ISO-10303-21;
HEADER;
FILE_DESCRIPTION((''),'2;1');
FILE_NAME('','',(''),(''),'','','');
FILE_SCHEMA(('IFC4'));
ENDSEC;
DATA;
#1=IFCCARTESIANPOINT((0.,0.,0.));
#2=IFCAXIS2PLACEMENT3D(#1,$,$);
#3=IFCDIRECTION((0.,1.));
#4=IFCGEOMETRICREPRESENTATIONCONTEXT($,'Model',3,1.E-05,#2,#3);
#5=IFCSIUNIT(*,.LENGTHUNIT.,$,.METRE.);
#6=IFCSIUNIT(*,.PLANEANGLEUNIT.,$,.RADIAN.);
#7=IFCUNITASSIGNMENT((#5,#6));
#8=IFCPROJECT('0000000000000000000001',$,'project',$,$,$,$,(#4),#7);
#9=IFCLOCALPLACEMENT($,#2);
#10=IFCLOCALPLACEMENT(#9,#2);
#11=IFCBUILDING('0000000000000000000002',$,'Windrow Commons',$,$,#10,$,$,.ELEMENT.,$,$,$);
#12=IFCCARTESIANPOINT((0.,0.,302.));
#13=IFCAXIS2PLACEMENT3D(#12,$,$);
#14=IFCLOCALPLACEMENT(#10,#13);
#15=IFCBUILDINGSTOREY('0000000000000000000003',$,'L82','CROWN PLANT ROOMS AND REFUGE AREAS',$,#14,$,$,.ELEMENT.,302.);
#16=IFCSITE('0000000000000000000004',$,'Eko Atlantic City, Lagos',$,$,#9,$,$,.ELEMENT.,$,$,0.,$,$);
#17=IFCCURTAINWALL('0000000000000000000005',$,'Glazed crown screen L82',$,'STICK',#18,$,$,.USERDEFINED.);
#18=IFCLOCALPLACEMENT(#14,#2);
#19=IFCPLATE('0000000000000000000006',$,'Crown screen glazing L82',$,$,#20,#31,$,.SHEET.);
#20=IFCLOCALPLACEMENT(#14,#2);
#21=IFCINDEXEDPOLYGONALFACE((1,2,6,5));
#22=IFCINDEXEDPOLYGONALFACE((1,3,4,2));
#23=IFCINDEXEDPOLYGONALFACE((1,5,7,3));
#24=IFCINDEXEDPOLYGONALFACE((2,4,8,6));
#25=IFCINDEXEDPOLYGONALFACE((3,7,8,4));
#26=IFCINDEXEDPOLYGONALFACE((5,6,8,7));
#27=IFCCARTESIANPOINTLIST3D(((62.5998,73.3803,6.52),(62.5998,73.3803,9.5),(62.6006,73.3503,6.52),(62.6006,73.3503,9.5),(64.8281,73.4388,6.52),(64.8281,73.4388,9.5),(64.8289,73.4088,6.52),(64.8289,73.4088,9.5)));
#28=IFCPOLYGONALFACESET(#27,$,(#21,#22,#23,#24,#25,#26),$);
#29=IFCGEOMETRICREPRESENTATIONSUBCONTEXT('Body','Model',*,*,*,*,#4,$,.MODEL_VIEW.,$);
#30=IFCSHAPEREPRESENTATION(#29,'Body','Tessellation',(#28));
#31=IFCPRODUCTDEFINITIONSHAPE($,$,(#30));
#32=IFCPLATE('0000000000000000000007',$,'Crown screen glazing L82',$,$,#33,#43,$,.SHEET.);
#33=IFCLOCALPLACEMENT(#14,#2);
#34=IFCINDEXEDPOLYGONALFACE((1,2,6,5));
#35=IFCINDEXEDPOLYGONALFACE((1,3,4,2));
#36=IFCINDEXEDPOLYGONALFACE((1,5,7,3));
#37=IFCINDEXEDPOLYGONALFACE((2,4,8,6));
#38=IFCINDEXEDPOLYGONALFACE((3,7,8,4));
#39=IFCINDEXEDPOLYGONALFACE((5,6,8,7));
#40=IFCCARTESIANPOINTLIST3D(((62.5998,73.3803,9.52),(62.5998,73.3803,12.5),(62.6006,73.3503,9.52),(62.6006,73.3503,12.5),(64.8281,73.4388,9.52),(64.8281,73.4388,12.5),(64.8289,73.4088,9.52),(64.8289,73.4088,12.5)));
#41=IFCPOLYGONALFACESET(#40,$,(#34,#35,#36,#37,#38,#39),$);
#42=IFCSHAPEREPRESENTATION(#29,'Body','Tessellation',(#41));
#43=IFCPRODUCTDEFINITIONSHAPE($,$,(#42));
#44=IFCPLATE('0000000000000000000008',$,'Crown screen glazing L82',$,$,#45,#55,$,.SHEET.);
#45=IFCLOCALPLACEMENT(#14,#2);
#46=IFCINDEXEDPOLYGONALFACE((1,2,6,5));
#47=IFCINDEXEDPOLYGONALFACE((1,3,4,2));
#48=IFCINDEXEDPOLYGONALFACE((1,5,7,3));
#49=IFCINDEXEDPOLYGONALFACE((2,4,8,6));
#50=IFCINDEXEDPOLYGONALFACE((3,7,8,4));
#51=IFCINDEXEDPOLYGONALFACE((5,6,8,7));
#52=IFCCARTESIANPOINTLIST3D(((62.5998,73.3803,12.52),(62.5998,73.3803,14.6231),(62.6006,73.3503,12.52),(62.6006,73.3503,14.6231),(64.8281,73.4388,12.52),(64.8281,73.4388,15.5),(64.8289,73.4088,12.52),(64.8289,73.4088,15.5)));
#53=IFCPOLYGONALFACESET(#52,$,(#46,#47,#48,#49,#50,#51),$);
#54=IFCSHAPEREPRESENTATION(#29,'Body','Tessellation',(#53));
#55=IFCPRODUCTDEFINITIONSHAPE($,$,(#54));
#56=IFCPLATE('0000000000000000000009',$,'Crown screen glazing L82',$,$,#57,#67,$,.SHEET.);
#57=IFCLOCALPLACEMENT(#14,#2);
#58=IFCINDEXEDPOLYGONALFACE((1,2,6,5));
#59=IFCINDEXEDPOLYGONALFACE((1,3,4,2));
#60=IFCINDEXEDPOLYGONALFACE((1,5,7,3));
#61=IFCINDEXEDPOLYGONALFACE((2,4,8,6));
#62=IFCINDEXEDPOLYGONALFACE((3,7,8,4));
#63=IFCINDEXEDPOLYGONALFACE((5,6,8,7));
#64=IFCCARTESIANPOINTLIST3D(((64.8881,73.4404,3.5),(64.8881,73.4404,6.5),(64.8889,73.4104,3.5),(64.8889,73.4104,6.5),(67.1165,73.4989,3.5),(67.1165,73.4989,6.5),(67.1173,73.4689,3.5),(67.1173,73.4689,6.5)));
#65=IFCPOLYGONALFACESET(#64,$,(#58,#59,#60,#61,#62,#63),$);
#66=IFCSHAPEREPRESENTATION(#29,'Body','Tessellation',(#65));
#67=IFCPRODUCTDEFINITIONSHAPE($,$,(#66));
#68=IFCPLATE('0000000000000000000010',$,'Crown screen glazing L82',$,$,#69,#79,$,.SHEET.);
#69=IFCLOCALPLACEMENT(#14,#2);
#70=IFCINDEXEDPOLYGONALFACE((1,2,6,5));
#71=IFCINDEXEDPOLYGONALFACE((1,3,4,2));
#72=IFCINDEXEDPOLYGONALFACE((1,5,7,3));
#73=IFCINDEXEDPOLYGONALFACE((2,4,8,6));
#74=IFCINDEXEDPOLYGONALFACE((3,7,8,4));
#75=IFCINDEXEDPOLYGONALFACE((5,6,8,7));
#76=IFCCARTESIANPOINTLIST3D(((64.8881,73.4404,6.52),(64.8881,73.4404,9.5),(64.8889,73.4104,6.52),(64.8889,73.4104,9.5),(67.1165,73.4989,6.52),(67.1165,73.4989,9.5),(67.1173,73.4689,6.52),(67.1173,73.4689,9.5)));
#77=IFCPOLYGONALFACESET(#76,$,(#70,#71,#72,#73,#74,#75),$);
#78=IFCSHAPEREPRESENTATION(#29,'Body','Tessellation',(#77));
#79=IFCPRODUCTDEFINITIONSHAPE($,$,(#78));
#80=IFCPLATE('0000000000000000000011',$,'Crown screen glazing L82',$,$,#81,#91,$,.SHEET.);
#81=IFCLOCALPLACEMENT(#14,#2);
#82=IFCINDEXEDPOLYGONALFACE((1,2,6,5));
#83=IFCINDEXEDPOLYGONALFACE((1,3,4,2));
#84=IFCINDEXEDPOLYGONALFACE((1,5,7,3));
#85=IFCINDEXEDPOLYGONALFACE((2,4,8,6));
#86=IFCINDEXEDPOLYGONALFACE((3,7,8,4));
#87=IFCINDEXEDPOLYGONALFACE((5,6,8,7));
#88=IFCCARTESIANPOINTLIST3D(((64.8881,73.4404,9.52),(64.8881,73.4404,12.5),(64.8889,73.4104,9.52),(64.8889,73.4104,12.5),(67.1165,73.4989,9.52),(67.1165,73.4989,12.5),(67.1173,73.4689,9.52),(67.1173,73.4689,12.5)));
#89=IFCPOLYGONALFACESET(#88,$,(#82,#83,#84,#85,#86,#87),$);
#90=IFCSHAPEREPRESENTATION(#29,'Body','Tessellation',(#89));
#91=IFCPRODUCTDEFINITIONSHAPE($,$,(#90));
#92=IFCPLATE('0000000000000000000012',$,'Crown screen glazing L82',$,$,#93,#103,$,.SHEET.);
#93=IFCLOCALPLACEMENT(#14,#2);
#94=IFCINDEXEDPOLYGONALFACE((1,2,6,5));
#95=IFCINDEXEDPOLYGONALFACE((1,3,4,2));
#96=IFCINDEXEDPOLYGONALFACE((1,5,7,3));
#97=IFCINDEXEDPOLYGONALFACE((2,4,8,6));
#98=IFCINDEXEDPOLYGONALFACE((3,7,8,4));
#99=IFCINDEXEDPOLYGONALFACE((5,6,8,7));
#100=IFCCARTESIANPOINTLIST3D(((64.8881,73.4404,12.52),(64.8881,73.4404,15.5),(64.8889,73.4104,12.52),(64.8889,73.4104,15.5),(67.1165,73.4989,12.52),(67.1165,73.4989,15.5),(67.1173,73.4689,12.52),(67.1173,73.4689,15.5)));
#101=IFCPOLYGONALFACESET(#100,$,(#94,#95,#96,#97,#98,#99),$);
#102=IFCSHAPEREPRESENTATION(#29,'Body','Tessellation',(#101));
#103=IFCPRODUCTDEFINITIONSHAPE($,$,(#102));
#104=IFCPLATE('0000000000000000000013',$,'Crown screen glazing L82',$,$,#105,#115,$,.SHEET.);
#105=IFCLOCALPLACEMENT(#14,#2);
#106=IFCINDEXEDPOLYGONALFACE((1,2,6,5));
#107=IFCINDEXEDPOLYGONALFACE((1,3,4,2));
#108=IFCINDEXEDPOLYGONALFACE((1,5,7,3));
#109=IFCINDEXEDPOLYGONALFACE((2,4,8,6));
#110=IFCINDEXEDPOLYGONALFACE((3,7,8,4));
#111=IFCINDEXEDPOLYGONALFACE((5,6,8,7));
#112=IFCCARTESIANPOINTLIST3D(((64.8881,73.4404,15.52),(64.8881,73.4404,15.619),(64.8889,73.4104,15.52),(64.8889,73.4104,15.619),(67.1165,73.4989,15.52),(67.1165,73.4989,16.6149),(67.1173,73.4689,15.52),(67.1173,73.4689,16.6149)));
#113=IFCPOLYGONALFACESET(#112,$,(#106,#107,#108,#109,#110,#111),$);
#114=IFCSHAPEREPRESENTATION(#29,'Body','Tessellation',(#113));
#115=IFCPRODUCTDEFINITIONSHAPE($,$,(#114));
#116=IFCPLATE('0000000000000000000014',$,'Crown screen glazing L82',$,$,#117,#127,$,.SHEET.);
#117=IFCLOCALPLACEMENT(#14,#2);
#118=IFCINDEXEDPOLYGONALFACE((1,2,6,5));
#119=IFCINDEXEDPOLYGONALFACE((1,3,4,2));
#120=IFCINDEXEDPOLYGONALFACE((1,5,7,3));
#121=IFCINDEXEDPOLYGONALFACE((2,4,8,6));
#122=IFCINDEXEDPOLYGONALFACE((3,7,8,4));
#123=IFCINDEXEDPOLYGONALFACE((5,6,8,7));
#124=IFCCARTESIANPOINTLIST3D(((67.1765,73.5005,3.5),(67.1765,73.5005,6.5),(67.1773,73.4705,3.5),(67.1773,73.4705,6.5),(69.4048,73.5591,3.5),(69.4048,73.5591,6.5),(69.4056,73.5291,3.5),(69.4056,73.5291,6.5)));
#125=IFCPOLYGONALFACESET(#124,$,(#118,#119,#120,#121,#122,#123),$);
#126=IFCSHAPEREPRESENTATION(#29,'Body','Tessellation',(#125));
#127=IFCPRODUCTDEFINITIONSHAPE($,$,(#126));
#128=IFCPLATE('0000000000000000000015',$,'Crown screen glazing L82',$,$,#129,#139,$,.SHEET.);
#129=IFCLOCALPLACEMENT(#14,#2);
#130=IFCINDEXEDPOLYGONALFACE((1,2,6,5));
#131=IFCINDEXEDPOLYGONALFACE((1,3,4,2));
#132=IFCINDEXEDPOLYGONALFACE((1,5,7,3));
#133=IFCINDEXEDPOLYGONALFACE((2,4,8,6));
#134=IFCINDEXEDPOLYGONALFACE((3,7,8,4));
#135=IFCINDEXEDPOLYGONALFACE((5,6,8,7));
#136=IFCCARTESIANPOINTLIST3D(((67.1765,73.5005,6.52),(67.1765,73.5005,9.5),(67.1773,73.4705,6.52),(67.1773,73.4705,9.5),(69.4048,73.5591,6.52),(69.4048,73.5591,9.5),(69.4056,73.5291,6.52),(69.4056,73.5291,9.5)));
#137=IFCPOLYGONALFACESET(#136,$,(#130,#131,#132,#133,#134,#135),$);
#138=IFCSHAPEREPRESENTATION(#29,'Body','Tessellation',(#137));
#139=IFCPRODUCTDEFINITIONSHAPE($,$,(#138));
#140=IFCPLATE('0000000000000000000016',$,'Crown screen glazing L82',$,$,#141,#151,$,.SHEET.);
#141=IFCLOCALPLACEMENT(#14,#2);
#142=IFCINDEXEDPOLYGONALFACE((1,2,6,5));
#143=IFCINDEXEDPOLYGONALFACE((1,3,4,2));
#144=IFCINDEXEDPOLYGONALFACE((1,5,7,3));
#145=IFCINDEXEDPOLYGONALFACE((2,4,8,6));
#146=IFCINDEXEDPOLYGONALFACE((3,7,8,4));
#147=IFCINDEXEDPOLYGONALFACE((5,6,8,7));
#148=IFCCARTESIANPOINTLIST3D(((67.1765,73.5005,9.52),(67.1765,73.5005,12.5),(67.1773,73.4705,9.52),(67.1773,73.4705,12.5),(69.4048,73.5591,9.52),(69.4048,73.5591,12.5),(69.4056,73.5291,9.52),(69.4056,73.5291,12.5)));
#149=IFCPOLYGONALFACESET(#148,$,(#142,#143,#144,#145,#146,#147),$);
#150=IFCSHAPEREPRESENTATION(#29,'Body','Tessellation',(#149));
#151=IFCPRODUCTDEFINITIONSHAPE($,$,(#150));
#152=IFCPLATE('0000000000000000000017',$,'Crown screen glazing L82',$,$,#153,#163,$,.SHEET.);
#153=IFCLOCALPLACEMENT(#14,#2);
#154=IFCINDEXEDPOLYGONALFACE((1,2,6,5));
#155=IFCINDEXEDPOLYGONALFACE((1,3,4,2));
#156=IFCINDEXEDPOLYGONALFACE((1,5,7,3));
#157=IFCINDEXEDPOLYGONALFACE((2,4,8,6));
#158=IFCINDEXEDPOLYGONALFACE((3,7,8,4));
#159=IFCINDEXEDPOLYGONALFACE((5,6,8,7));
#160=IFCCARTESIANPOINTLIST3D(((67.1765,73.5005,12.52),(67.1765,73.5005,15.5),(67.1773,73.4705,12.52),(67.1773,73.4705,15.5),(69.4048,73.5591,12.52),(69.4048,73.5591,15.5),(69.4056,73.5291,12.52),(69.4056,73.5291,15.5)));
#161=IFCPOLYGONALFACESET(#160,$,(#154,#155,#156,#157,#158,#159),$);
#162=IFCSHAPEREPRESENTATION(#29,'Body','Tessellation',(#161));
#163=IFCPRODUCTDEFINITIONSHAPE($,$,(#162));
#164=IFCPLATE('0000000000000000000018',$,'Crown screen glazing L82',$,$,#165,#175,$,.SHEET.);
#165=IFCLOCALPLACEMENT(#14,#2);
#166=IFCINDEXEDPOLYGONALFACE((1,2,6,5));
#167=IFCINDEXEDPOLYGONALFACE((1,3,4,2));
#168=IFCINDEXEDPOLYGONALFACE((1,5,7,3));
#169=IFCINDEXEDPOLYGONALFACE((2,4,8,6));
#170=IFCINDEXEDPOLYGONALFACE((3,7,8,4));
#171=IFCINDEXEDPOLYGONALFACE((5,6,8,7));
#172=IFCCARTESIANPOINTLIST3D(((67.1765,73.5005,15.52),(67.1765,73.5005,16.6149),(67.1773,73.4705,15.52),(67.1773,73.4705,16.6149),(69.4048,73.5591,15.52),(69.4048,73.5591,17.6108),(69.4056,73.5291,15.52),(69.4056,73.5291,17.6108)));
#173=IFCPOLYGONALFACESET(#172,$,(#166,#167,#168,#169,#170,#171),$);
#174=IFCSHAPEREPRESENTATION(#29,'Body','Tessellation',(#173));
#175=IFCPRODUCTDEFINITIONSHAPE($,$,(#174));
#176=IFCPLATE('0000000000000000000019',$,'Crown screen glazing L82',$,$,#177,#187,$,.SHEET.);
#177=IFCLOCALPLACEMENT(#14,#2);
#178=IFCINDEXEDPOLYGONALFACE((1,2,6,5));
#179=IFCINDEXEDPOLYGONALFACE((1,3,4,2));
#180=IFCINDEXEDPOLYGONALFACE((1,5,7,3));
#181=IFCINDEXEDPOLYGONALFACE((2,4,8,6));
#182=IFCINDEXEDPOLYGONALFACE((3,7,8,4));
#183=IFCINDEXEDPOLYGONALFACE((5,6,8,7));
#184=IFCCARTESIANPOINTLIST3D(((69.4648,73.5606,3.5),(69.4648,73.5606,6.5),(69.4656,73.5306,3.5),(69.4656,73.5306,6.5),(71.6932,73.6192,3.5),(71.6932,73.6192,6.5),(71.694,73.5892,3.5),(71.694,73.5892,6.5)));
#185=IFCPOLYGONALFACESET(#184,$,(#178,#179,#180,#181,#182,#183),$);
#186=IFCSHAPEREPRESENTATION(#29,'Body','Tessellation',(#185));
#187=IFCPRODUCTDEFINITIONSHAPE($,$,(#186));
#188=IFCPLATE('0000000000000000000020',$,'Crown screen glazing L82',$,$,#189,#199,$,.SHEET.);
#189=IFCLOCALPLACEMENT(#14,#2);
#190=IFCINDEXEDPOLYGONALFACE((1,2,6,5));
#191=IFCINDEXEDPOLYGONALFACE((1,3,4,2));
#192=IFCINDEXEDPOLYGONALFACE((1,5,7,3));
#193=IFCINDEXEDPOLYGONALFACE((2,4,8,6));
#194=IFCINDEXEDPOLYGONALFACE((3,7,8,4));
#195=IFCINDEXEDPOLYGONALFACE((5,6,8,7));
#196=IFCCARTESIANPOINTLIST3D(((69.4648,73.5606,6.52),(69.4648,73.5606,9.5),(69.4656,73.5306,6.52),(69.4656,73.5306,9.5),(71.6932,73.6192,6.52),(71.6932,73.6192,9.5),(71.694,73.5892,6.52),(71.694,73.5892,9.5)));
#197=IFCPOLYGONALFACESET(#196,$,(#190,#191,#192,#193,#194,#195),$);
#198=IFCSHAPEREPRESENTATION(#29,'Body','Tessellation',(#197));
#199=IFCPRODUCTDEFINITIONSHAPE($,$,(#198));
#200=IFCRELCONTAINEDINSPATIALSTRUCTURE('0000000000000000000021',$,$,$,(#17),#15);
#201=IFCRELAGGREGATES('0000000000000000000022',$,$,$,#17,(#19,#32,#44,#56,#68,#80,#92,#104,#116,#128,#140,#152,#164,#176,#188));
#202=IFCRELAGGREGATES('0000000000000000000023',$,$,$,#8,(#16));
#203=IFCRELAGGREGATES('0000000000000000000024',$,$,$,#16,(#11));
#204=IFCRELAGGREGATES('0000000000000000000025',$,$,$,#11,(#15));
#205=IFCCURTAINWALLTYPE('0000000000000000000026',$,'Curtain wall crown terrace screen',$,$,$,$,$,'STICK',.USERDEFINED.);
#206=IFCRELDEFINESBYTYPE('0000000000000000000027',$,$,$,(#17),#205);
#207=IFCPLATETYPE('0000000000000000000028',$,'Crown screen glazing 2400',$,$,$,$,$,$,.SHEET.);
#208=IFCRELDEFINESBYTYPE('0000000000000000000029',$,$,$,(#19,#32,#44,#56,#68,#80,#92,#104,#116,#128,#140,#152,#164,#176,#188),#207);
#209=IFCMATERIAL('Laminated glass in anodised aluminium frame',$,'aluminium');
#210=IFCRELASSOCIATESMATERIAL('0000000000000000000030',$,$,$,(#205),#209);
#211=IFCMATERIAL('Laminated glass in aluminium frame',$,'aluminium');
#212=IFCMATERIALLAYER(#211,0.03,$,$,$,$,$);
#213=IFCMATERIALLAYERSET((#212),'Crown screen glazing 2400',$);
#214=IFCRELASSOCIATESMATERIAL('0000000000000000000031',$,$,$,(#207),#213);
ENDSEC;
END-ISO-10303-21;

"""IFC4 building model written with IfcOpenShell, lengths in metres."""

from ifc_helpers import new_model, si_unit, direction, frame, origin, place, context, subcontext, project, spatial, polyline, outline, extrude, material, layer, layer_set, type_object, element, aggregate, save


model = new_model("IFC4")

# Units and contexts
model_context = context("Model", 3, precision=1e-05, world=origin(), true_north=direction((0.0, 1.0)))
body_context = subcontext(model_context, "Body", "Model", "MODEL_VIEW")
ifc_project = project(units=[si_unit("LENGTHUNIT", "METRE"), si_unit("PLANEANGLEUNIT", "RADIAN")], contexts=[model_context])

# Site, building, storey
site_placement = place(None, origin())
site = spatial("IfcSite", under=ifc_project, at=site_placement, Name="Eko Atlantic City, Lagos", CompositionType="ELEMENT", RefElevation=0.0)
building_placement = place(site_placement, origin())
building = spatial("IfcBuilding", under=site, at=building_placement, Name="Windrow Commons", CompositionType="ELEMENT")
storey_placement = place(building_placement, frame((0.0, 0.0, 302.0)))
storey = spatial("IfcBuildingStorey", under=building, at=storey_placement, Name="L82", Description="CROWN PLANT ROOMS AND REFUGE AREAS", CompositionType="ELEMENT", Elevation=302.0)

# Curtain wall
ifc_material_1 = material(Name="Laminated glass in anodised aluminium frame", Category="aluminium")
curtain_wall_type = type_object("IfcCurtainWallType", Name="Curtain wall crown terrace screen", ElementType="STICK", PredefinedType="USERDEFINED", material=ifc_material_1)
curtain_wall_placement = place(storey_placement, origin())
curtain_wall = element("IfcCurtainWall", 1, at=curtain_wall_placement, inside=storey, type_object=curtain_wall_type, Name="Glazed crown screen L82", ObjectType="STICK", PredefinedType="USERDEFINED")

# Plates
ifc_material_2 = material(Name="Laminated glass in aluminium frame", Category="aluminium")
ifc_layer_1 = layer(ifc_material_2, 0.03)
ifc_layer_set_1 = layer_set([ifc_layer_1], Name="Crown screen glazing 2400")
plate_type = type_object("IfcPlateType", Name="Crown screen glazing 2400", PredefinedType="SHEET", material=ifc_layer_set_1)
plate_1_placement = place(storey_placement, frame((62.6006, 73.3503, 6.52), z_axis=(0.026244, -0.999656, 0.0), x_axis=(0.999656, 0.026244, 0.0)))
plate_1 = element("IfcPlate", 2, at=plate_1_placement, type_object=plate_type, Name="Crown screen glazing L82", PredefinedType="SHEET", context=body_context, shape_type="SweptSolid", body=[
    extrude(outline(polyline([(0.0, 0.0), (2.2291, 0.0), (2.2291, 2.98), (0.0, 2.98), (0.0, 0.0)])), origin(), (0.0, 0.0, -1.0), 0.03),
])
plate_2_placement = place(storey_placement, frame((62.6006, 73.3503, 9.52), z_axis=(0.026244, -0.999656, 0.0), x_axis=(0.999656, 0.026244, 0.0)))
plate_2 = element("IfcPlate", 3, at=plate_2_placement, type_object=plate_type, Name="Crown screen glazing L82", PredefinedType="SHEET", context=body_context, shape_type="SweptSolid", body=[
    extrude(outline(polyline([(0.0, 0.0), (2.2291, 0.0), (2.2291, 2.98), (0.0, 2.98), (0.0, 0.0)])), origin(), (0.0, 0.0, -1.0), 0.03),
])
plate_3_placement = place(storey_placement, frame((62.6006, 73.3503, 12.52), z_axis=(0.026244, -0.999656, 0.0), x_axis=(0.999656, 0.026244, 0.0)))
plate_3 = element("IfcPlate", 4, at=plate_3_placement, type_object=plate_type, Name="Crown screen glazing L82", PredefinedType="SHEET", context=body_context, shape_type="SweptSolid", body=[
    extrude(outline(polyline([(0.0, 0.0), (2.2291, 0.0), (2.2291, 2.98), (0.0, 2.1031), (0.0, 0.0)])), origin(), (0.0, 0.0, -1.0), 0.03),
])
plate_4_placement = place(storey_placement, frame((64.8889, 73.4104, 3.5), z_axis=(0.026243, -0.999656, 0.0), x_axis=(0.999656, 0.026243, 0.0)))
plate_4 = element("IfcPlate", 5, at=plate_4_placement, type_object=plate_type, Name="Crown screen glazing L82", PredefinedType="SHEET", context=body_context, shape_type="SweptSolid", body=[
    extrude(outline(polyline([(0.0, 0.0), (2.2292, 0.0), (2.2292, 3.0), (0.0, 3.0), (0.0, 0.0)])), origin(), (0.0, 0.0, -1.0), 0.03),
])
plate_5_placement = place(storey_placement, frame((64.8889, 73.4104, 6.52), z_axis=(0.026243, -0.999656, 0.0), x_axis=(0.999656, 0.026243, 0.0)))
plate_5 = element("IfcPlate", 6, at=plate_5_placement, type_object=plate_type, Name="Crown screen glazing L82", PredefinedType="SHEET", context=body_context, shape_type="SweptSolid", body=[
    extrude(outline(polyline([(0.0, 0.0), (2.2292, 0.0), (2.2292, 2.98), (0.0, 2.98), (0.0, 0.0)])), origin(), (0.0, 0.0, -1.0), 0.03),
])
plate_6_placement = place(storey_placement, frame((64.8889, 73.4104, 9.52), z_axis=(0.026243, -0.999656, 0.0), x_axis=(0.999656, 0.026243, 0.0)))
plate_6 = element("IfcPlate", 7, at=plate_6_placement, type_object=plate_type, Name="Crown screen glazing L82", PredefinedType="SHEET", context=body_context, shape_type="SweptSolid", body=[
    extrude(outline(polyline([(0.0, 0.0), (2.2292, 0.0), (2.2292, 2.98), (0.0, 2.98), (0.0, 0.0)])), origin(), (0.0, 0.0, -1.0), 0.03),
])
plate_7_placement = place(storey_placement, frame((64.8889, 73.4104, 12.52), z_axis=(0.026243, -0.999656, 0.0), x_axis=(0.999656, 0.026243, 0.0)))
plate_7 = element("IfcPlate", 8, at=plate_7_placement, type_object=plate_type, Name="Crown screen glazing L82", PredefinedType="SHEET", context=body_context, shape_type="SweptSolid", body=[
    extrude(outline(polyline([(0.0, 0.0), (2.2292, 0.0), (2.2292, 2.98), (0.0, 2.98), (0.0, 0.0)])), origin(), (0.0, 0.0, -1.0), 0.03),
])
plate_8_placement = place(storey_placement, frame((64.8889, 73.4104, 15.52), z_axis=(0.026243, -0.999656, 0.0), x_axis=(0.999656, 0.026243, 0.0)))
plate_8 = element("IfcPlate", 9, at=plate_8_placement, type_object=plate_type, Name="Crown screen glazing L82", PredefinedType="SHEET", context=body_context, shape_type="SweptSolid", body=[
    extrude(outline(polyline([(0.0, 0.0), (2.2292, 0.0), (2.2292, 1.0949), (0.0, 0.099), (0.0, 0.0)])), origin(), (0.0, 0.0, -1.0), 0.03),
])
plate_9_placement = place(storey_placement, frame((67.1773, 73.4705, 3.5), z_axis=(0.026289, -0.999654, 0.0), x_axis=(0.999654, 0.026289, 0.0)))
plate_9 = element("IfcPlate", 10, at=plate_9_placement, type_object=plate_type, Name="Crown screen glazing L82", PredefinedType="SHEET", context=body_context, shape_type="SweptSolid", body=[
    extrude(outline(polyline([(0.0, 0.0), (2.2291, 0.0), (2.2291, 3.0), (0.0, 3.0), (0.0, 0.0)])), origin(), (0.0, 0.0, -1.0), 0.03),
])
plate_10_placement = place(storey_placement, frame((67.1773, 73.4705, 6.52), z_axis=(0.026289, -0.999654, 0.0), x_axis=(0.999654, 0.026289, 0.0)))
plate_10 = element("IfcPlate", 11, at=plate_10_placement, type_object=plate_type, Name="Crown screen glazing L82", PredefinedType="SHEET", context=body_context, shape_type="SweptSolid", body=[
    extrude(outline(polyline([(0.0, 0.0), (2.2291, 0.0), (2.2291, 2.98), (0.0, 2.98), (0.0, 0.0)])), origin(), (0.0, 0.0, -1.0), 0.03),
])
plate_11_placement = place(storey_placement, frame((67.1773, 73.4705, 9.52), z_axis=(0.026289, -0.999654, 0.0), x_axis=(0.999654, 0.026289, 0.0)))
plate_11 = element("IfcPlate", 12, at=plate_11_placement, type_object=plate_type, Name="Crown screen glazing L82", PredefinedType="SHEET", context=body_context, shape_type="SweptSolid", body=[
    extrude(outline(polyline([(0.0, 0.0), (2.2291, 0.0), (2.2291, 2.98), (0.0, 2.98), (0.0, 0.0)])), origin(), (0.0, 0.0, -1.0), 0.03),
])
plate_12_placement = place(storey_placement, frame((67.1773, 73.4705, 12.52), z_axis=(0.026289, -0.999654, 0.0), x_axis=(0.999654, 0.026289, 0.0)))
plate_12 = element("IfcPlate", 13, at=plate_12_placement, type_object=plate_type, Name="Crown screen glazing L82", PredefinedType="SHEET", context=body_context, shape_type="SweptSolid", body=[
    extrude(outline(polyline([(0.0, 0.0), (2.2291, 0.0), (2.2291, 2.98), (0.0, 2.98), (0.0, 0.0)])), origin(), (0.0, 0.0, -1.0), 0.03),
])
plate_13_placement = place(storey_placement, frame((67.1773, 73.4705, 15.52), z_axis=(0.026289, -0.999654, 0.0), x_axis=(0.999654, 0.026289, 0.0)))
plate_13 = element("IfcPlate", 14, at=plate_13_placement, type_object=plate_type, Name="Crown screen glazing L82", PredefinedType="SHEET", context=body_context, shape_type="SweptSolid", body=[
    extrude(outline(polyline([(0.0, 0.0), (2.2291, 0.0), (2.2291, 2.0908), (0.0, 1.0949), (0.0, 0.0)])), origin(), (0.0, 0.0, -1.0), 0.03),
])
plate_14_placement = place(storey_placement, frame((69.4656, 73.5306, 3.5), z_axis=(0.026288, -0.999654, 0.0), x_axis=(0.999654, 0.026288, 0.0)))
plate_14 = element("IfcPlate", 15, at=plate_14_placement, type_object=plate_type, Name="Crown screen glazing L82", PredefinedType="SHEET", context=body_context, shape_type="SweptSolid", body=[
    extrude(outline(polyline([(0.0, 0.0), (2.2292, 0.0), (2.2292, 3.0), (0.0, 3.0), (0.0, 0.0)])), origin(), (0.0, 0.0, -1.0), 0.03),
])
plate_15_placement = place(storey_placement, frame((69.4656, 73.5306, 6.52), z_axis=(0.026288, -0.999654, 0.0), x_axis=(0.999654, 0.026288, 0.0)))
plate_15 = element("IfcPlate", 16, at=plate_15_placement, type_object=plate_type, Name="Crown screen glazing L82", PredefinedType="SHEET", context=body_context, shape_type="SweptSolid", body=[
    extrude(outline(polyline([(0.0, 0.0), (2.2292, 0.0), (2.2292, 2.98), (0.0, 2.98), (0.0, 0.0)])), origin(), (0.0, 0.0, -1.0), 0.03),
])
aggregate(curtain_wall, [plate_1, plate_2, plate_3, plate_4, plate_5, plate_6, plate_7, plate_8, plate_9, plate_10, plate_11, plate_12, plate_13, plate_14, plate_15])

save(model, "model.ifc")
